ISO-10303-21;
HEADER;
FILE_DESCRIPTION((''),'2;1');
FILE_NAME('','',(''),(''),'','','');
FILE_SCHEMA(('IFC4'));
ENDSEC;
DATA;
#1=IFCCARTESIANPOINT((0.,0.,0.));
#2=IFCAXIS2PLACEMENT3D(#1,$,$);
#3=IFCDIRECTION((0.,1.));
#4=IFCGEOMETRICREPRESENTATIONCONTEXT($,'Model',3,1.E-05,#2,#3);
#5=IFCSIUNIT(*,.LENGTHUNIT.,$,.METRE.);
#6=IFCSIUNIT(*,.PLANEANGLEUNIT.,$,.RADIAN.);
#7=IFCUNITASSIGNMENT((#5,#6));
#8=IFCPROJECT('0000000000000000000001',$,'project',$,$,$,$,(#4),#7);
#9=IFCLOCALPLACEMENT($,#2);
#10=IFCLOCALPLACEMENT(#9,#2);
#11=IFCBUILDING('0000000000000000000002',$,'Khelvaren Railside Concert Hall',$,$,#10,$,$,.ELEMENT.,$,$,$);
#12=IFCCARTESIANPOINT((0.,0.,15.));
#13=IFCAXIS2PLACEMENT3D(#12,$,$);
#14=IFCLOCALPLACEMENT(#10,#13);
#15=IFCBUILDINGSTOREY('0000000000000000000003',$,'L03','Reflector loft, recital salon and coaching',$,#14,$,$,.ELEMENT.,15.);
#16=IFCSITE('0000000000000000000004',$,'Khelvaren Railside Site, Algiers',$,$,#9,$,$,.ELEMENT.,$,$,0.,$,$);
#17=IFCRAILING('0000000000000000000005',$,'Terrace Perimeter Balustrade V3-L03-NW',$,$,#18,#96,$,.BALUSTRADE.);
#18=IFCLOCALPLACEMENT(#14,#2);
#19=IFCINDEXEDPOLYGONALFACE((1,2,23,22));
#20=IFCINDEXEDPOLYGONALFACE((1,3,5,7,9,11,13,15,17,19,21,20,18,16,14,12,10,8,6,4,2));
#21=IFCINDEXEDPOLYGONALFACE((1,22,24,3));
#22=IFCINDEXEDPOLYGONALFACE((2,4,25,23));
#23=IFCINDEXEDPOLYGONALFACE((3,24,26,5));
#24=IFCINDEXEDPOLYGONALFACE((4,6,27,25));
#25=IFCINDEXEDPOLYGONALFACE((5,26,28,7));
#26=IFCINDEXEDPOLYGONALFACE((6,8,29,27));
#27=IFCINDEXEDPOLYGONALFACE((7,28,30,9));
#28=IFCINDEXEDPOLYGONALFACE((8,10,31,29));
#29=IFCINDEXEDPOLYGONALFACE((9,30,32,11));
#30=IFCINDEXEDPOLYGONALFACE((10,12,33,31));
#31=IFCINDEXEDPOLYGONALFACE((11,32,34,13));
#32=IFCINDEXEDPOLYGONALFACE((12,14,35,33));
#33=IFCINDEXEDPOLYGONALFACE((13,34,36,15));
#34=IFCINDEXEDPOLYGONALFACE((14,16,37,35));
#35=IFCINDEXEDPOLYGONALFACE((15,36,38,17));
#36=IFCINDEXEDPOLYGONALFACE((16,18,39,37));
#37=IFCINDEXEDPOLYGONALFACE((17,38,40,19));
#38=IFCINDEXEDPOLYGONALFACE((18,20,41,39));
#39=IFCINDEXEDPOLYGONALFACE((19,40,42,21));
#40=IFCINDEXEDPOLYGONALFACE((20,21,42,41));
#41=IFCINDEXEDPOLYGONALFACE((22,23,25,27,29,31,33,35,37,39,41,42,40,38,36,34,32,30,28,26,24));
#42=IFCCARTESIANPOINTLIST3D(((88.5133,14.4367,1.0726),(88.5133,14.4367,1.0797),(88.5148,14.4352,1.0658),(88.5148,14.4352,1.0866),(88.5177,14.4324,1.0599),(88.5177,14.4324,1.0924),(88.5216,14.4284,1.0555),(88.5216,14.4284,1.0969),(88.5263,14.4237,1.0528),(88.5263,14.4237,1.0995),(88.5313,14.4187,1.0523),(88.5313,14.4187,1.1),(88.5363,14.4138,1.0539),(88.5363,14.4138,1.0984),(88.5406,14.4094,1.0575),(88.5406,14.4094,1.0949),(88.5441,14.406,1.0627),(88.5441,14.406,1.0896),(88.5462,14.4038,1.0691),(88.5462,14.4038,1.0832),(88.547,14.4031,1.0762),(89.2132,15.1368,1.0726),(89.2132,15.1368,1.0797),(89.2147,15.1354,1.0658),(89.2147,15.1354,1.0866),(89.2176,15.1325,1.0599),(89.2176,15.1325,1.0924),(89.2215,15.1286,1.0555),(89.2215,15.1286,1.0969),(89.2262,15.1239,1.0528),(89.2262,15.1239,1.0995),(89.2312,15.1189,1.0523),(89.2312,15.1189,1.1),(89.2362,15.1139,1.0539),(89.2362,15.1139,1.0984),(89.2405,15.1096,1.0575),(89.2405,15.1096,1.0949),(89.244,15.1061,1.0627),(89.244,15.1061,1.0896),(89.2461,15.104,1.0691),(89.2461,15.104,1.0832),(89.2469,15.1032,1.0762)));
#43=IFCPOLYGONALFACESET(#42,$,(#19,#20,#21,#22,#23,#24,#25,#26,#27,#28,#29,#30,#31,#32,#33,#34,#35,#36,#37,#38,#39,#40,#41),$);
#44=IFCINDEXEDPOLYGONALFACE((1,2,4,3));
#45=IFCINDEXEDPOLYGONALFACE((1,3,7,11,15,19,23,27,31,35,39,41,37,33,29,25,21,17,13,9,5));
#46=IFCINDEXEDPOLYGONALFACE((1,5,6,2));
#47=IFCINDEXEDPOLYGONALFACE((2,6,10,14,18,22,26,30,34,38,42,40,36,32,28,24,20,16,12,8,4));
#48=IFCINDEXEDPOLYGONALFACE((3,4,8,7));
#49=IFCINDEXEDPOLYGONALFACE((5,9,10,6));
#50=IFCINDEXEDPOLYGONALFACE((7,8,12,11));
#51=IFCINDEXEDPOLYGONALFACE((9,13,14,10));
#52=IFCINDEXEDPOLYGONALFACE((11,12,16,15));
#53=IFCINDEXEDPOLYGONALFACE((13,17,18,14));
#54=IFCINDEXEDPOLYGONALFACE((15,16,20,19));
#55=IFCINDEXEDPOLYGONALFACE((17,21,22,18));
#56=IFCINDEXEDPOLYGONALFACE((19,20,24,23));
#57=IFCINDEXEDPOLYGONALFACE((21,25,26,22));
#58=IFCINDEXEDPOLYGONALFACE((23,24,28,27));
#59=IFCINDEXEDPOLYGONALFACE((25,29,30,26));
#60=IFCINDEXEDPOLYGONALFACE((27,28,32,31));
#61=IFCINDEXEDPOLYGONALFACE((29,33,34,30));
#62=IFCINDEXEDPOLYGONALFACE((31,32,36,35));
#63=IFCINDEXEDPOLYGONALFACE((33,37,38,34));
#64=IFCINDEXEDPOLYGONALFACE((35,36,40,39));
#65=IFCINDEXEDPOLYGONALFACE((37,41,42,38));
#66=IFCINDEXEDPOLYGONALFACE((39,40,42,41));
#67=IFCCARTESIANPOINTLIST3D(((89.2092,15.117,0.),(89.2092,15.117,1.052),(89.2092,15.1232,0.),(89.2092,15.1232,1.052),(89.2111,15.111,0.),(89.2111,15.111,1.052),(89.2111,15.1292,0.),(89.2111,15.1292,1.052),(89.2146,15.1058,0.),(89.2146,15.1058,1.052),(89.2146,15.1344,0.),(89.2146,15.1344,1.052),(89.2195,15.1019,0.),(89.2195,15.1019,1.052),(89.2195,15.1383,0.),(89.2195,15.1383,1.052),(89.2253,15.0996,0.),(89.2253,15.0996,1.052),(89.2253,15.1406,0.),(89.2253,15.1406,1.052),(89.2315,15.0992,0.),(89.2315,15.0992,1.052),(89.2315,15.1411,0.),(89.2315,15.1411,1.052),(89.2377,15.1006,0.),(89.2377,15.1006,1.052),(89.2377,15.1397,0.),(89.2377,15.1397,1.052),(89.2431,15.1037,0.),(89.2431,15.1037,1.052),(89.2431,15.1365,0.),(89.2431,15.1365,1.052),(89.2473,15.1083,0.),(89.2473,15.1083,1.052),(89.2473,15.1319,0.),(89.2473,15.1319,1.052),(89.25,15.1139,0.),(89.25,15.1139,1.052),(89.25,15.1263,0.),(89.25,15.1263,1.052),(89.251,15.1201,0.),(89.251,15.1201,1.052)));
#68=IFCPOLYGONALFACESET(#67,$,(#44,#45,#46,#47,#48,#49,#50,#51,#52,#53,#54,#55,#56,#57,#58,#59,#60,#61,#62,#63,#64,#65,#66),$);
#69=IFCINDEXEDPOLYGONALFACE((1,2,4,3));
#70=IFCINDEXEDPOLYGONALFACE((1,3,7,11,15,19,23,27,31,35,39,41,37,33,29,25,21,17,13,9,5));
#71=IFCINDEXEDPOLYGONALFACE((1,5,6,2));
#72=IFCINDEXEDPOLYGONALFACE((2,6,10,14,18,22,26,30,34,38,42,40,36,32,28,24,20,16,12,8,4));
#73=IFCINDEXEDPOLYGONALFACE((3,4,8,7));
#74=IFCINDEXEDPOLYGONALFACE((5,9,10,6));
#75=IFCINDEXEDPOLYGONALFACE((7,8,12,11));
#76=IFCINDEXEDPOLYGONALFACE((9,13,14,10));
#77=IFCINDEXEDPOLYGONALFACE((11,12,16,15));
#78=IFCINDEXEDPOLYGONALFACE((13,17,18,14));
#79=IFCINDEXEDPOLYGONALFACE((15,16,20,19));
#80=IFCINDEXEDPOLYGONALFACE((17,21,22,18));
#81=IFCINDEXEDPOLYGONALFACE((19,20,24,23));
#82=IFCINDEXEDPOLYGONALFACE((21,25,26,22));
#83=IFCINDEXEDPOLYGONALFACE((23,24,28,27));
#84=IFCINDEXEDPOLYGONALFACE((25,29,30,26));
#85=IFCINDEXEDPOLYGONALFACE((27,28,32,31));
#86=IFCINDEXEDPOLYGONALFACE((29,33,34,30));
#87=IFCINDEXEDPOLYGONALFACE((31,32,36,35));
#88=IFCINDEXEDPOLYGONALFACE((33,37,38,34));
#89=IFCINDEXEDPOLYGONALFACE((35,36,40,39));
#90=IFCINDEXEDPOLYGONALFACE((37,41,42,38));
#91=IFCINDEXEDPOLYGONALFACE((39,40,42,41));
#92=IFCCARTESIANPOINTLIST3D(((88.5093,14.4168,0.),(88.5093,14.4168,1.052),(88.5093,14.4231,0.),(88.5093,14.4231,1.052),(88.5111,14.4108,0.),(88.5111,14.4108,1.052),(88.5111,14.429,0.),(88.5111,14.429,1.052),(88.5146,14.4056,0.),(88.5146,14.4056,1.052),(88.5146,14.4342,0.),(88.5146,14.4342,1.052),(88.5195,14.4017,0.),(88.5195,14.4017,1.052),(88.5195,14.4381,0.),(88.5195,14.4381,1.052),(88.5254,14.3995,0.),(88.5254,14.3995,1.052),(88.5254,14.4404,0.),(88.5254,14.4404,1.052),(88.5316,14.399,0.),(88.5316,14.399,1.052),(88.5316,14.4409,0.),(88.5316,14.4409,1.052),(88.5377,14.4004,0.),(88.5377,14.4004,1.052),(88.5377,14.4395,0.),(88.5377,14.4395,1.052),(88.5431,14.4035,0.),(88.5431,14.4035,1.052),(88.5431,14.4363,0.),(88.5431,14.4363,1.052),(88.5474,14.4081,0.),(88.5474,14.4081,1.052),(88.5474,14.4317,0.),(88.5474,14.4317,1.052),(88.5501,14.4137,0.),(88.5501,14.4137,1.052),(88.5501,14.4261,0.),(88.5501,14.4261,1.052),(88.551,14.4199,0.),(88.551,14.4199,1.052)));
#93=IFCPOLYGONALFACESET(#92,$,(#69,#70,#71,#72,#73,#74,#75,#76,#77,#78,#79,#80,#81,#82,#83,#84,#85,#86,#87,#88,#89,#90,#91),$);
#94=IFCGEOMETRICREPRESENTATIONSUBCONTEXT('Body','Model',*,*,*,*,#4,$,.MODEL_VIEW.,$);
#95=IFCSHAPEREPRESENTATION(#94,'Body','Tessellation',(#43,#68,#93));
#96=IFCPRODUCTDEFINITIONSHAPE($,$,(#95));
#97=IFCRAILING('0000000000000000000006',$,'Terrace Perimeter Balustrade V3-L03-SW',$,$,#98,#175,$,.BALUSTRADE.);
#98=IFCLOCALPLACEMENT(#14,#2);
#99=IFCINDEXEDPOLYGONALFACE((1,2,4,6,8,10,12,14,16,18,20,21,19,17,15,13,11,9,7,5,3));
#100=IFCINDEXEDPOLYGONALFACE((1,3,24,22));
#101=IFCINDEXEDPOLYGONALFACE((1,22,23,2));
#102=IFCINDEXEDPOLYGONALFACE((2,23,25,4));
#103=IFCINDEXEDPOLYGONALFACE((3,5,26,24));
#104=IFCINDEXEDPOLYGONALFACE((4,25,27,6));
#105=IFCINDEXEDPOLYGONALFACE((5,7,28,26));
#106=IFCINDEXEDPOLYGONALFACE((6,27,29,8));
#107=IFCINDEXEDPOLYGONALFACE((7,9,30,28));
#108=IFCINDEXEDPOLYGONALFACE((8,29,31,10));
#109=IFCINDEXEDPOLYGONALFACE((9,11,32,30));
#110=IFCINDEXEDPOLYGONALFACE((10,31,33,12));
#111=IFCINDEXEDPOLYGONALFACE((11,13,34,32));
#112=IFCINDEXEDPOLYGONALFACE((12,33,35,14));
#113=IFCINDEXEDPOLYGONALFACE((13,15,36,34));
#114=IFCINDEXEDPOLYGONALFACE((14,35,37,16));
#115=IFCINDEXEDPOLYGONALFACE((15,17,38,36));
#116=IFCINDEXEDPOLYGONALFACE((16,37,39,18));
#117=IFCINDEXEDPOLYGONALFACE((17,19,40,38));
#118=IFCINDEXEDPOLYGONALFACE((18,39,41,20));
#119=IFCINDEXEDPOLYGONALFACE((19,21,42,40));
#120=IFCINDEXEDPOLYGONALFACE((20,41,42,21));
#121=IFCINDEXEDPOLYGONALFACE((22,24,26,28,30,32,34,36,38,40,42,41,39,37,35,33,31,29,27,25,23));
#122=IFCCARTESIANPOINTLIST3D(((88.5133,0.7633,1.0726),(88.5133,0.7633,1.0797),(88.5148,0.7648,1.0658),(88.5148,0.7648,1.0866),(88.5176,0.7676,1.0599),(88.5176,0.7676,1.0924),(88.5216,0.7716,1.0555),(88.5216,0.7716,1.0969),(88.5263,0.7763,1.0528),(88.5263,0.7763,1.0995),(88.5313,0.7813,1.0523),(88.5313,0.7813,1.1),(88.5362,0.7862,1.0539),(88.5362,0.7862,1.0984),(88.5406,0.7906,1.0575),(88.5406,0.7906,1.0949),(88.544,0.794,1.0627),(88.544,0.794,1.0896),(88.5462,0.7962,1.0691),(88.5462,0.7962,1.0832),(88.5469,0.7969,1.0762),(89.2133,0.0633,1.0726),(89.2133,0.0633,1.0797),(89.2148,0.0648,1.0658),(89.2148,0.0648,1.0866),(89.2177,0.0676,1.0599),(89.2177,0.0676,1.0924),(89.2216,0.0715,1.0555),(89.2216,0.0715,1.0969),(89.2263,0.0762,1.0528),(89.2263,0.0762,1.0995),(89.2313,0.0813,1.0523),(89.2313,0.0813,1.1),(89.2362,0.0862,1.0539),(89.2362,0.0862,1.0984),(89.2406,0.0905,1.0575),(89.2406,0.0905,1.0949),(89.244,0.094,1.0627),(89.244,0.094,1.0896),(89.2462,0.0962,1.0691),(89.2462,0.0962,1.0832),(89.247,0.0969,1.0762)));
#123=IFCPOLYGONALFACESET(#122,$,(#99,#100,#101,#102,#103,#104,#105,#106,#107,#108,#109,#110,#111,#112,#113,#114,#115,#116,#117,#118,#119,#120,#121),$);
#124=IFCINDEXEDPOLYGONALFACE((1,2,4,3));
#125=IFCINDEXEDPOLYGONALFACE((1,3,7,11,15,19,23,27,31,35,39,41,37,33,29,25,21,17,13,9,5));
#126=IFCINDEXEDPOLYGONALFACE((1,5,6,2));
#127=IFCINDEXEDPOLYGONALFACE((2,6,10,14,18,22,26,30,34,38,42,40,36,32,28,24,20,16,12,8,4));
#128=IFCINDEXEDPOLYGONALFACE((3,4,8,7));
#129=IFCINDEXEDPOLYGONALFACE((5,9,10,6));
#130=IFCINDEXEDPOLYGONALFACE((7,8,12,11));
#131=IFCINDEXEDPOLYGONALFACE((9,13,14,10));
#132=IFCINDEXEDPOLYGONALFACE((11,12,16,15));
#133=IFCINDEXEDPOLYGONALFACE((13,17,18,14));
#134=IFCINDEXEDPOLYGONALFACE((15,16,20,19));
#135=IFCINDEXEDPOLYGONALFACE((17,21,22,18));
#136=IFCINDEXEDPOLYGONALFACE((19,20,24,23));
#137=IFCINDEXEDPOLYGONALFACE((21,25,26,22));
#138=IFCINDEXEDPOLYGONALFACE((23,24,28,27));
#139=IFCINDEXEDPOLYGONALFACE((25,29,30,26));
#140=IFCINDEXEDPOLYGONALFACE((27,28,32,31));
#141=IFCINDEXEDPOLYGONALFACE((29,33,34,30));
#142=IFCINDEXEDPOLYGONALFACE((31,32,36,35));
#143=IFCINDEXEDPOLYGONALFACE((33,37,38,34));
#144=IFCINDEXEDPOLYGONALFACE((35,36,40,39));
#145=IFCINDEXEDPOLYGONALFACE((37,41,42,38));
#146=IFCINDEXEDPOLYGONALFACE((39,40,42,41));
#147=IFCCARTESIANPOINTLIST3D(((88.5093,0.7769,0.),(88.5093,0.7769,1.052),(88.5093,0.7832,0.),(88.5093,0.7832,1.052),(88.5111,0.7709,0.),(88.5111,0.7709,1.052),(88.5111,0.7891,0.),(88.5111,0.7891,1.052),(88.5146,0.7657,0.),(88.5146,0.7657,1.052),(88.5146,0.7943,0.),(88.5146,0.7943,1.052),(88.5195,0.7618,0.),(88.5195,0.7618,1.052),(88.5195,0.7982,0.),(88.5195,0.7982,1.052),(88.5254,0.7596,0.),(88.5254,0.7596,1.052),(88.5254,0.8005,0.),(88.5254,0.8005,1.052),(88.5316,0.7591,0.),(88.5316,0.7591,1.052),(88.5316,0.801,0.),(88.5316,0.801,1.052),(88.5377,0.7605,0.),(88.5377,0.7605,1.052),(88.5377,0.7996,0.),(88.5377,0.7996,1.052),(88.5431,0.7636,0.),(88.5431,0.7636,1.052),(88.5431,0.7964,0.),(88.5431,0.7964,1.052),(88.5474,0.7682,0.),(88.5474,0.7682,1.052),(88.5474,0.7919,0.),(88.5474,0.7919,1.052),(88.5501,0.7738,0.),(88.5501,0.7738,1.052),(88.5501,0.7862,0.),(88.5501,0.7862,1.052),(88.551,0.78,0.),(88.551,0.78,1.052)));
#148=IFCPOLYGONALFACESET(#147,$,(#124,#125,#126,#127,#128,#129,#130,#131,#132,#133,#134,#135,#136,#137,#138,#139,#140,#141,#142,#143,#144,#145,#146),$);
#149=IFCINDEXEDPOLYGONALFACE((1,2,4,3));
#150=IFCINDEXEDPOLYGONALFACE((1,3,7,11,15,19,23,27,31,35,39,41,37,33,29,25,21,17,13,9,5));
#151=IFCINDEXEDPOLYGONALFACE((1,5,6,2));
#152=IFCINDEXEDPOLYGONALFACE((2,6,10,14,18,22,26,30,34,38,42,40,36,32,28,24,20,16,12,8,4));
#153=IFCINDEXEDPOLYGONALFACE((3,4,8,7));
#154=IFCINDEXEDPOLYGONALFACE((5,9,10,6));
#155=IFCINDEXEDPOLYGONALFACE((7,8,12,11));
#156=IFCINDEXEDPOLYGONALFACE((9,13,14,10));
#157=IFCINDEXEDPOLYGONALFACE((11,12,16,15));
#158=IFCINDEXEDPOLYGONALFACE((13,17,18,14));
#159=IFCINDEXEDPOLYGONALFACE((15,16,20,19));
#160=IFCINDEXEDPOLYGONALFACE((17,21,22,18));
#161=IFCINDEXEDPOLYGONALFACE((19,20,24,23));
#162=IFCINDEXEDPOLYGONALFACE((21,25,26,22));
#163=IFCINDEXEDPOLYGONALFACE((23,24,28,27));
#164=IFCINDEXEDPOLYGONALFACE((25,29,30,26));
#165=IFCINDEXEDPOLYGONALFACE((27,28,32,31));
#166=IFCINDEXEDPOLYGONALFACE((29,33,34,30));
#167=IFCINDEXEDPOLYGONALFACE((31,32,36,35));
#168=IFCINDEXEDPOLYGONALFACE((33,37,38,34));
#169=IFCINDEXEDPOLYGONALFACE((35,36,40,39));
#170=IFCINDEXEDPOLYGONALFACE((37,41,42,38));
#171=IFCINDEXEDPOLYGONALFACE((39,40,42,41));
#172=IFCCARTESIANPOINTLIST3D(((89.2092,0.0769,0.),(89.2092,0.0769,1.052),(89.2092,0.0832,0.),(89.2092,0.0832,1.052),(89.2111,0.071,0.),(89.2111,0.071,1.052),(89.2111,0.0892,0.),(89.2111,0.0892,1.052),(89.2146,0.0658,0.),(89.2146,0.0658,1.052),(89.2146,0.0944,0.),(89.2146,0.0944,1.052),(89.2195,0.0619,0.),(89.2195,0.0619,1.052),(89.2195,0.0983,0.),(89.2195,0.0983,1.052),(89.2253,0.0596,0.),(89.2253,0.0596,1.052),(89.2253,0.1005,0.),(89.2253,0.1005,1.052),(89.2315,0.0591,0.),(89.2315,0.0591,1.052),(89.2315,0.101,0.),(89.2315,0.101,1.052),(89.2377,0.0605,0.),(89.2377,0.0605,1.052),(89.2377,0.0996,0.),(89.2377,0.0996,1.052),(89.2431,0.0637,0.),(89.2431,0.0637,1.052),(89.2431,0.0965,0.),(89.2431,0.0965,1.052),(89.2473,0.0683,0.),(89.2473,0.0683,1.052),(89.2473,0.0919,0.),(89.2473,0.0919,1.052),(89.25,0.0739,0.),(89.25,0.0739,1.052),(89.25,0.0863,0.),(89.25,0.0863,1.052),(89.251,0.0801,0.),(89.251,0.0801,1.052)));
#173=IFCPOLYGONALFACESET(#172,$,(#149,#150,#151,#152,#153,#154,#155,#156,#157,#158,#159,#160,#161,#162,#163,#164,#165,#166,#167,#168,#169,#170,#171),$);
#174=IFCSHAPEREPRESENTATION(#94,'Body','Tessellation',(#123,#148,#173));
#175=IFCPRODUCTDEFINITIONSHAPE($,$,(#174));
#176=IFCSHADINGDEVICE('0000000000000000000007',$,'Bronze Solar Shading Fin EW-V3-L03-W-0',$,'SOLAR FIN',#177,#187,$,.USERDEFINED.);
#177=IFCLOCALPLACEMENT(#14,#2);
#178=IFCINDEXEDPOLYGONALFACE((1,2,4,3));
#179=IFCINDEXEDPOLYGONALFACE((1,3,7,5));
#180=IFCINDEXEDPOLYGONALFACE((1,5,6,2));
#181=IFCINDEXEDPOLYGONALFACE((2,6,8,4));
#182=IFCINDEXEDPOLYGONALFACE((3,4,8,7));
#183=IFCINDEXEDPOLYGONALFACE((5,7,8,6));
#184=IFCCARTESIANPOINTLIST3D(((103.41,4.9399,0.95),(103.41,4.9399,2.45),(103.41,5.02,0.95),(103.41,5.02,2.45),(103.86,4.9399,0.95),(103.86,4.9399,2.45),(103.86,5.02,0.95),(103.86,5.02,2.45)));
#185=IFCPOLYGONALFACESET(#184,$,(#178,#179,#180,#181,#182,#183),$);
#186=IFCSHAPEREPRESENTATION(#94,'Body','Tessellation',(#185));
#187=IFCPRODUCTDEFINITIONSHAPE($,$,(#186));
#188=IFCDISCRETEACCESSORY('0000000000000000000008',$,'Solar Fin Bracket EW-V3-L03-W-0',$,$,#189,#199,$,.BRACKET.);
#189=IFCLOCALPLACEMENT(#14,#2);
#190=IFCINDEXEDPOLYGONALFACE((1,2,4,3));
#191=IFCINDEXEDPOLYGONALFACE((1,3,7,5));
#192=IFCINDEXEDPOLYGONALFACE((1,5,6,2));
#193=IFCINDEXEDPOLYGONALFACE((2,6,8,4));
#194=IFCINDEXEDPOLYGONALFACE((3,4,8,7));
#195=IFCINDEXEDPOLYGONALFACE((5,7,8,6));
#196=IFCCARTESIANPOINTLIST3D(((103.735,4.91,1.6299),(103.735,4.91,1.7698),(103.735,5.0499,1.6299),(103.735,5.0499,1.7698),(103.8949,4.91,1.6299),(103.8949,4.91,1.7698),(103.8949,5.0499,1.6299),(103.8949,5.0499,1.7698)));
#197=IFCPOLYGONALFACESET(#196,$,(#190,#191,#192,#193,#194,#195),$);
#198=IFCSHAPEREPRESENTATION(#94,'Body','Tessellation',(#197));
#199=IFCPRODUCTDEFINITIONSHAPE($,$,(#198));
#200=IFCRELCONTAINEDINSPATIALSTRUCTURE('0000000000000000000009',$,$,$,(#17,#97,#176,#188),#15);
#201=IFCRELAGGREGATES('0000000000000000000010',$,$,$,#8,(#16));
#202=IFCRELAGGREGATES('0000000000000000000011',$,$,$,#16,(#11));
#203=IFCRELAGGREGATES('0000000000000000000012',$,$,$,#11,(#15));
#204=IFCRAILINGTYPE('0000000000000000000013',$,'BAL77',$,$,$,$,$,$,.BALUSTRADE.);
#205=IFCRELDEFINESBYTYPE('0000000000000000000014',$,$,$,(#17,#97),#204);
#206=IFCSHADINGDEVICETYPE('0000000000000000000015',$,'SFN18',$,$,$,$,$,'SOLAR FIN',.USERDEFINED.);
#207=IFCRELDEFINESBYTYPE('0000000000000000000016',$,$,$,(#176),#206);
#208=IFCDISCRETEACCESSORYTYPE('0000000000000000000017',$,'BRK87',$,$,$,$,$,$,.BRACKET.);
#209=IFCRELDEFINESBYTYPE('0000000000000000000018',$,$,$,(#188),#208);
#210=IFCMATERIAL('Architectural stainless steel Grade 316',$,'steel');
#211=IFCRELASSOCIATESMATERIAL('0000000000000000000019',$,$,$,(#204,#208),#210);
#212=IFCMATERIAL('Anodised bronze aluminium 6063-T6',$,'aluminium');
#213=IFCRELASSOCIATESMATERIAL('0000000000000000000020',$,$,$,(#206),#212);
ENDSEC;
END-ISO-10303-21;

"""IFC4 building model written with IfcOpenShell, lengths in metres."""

from ifc_helpers import new_model, si_unit, direction, frame, origin, origin_2d, place, context, subcontext, project, spatial, rectangle, circle, extrude, material, type_object, element, save


model = new_model("IFC4")

# Units and contexts
model_context = context("Model", 3, precision=1e-05, world=origin(), true_north=direction((0.0, 1.0)))
body_context = subcontext(model_context, "Body", "Model", "MODEL_VIEW")
ifc_project = project(units=[si_unit("LENGTHUNIT", "METRE"), si_unit("PLANEANGLEUNIT", "RADIAN")], contexts=[model_context])

# Site, building, storey
site_placement = place(None, origin())
site = spatial("IfcSite", under=ifc_project, at=site_placement, Name="Khelvaren Railside Site, Algiers", CompositionType="ELEMENT", RefElevation=0.0)
building_placement = place(site_placement, origin())
building = spatial("IfcBuilding", under=site, at=building_placement, Name="Khelvaren Railside Concert Hall", CompositionType="ELEMENT")
storey_placement = place(building_placement, frame((0.0, 0.0, 15.0)))
storey = spatial("IfcBuildingStorey", under=building, at=storey_placement, Name="L03", Description="Reflector loft, recital salon and coaching", CompositionType="ELEMENT", Elevation=15.0)

# Railings
ifc_material_1 = material(Name="Architectural stainless steel Grade 316", Category="steel")
railing_type = type_object("IfcRailingType", Name="BAL77", PredefinedType="BALUSTRADE", material=ifc_material_1)
railing_1_placement = place(storey_placement, frame((89.23, 15.1201, 0.0)))
element("IfcRailing", 1, at=railing_1_placement, inside=storey, type_object=railing_type, Name="Terrace Perimeter Balustrade V3-L03-NW", PredefinedType="BALUSTRADE", context=body_context, shape_type="SweptSolid", body=[
    extrude(circle(Radius=0.0239, at=origin_2d()), frame((0.0, 0.0, 1.0762), z_axis=(-0.706983, -0.70723, 0.0), x_axis=(0.70723, -0.706983, 0.0)), (0.0, 0.0, 1.0), 0.99),
    extrude(circle(Radius=0.021, at=origin_2d()), origin(), (0.0, 0.0, 1.0), 1.052),
    extrude(circle(Radius=0.021, at=origin_2d()), frame((-0.7, -0.7002, 0.0)), (0.0, 0.0, 1.0), 1.052),
])
railing_2_placement = place(storey_placement, frame((88.53, 0.78, 0.0)))
element("IfcRailing", 2, at=railing_2_placement, inside=storey, type_object=railing_type, Name="Terrace Perimeter Balustrade V3-L03-SW", PredefinedType="BALUSTRADE", context=body_context, shape_type="SweptSolid", body=[
    extrude(circle(Radius=0.0239, at=origin_2d()), frame((0.0, 0.0, 1.0762), z_axis=(0.707107, -0.707107, 0.0), x_axis=(0.707107, 0.707107, 0.0)), (0.0, 0.0, 1.0), 0.99),
    extrude(circle(Radius=0.021, at=origin_2d()), origin(), (0.0, 0.0, 1.0), 1.052),
    extrude(circle(Radius=0.021, at=origin_2d()), frame((0.7, -0.7, 0.0)), (0.0, 0.0, 1.0), 1.052),
])

# Shading device
ifc_material_2 = material(Name="Anodised bronze aluminium 6063-T6", Category="aluminium")
shading_device_type = type_object("IfcShadingDeviceType", Name="SFN18", ElementType="SOLAR FIN", PredefinedType="USERDEFINED", material=ifc_material_2)
shading_device_placement = place(storey_placement, frame((103.635, 4.98, 0.95), z_axis=(0.0, 0.0, 1.0), x_axis=(0.0, 1.0, 0.0)))
element("IfcShadingDevice", 3, at=shading_device_placement, inside=storey, type_object=shading_device_type, Name="Bronze Solar Shading Fin EW-V3-L03-W-0", ObjectType="SOLAR FIN", PredefinedType="USERDEFINED", context=body_context, shape_type="SweptSolid", body=[
    extrude(rectangle(XDim=0.0801, YDim=0.45, at=origin_2d()), origin(), (0.0, 0.0, 1.0), 1.5),
])

# Discrete accessory
discrete_accessory_type = type_object("IfcDiscreteAccessoryType", Name="BRK87", PredefinedType="BRACKET", material=ifc_material_1)
discrete_accessory_placement = place(storey_placement, frame((103.8149, 4.98, 1.6299), z_axis=(0.0, 0.0, 1.0), x_axis=(0.0, 1.0, 0.0)))
element("IfcDiscreteAccessory", 4, at=discrete_accessory_placement, inside=storey, type_object=discrete_accessory_type, Name="Solar Fin Bracket EW-V3-L03-W-0", PredefinedType="BRACKET", context=body_context, shape_type="SweptSolid", body=[
    extrude(rectangle(XDim=0.1399, YDim=0.1599, at=origin_2d()), origin(), (0.0, 0.0, 1.0), 0.1399),
])

save(model, "model.ifc")
